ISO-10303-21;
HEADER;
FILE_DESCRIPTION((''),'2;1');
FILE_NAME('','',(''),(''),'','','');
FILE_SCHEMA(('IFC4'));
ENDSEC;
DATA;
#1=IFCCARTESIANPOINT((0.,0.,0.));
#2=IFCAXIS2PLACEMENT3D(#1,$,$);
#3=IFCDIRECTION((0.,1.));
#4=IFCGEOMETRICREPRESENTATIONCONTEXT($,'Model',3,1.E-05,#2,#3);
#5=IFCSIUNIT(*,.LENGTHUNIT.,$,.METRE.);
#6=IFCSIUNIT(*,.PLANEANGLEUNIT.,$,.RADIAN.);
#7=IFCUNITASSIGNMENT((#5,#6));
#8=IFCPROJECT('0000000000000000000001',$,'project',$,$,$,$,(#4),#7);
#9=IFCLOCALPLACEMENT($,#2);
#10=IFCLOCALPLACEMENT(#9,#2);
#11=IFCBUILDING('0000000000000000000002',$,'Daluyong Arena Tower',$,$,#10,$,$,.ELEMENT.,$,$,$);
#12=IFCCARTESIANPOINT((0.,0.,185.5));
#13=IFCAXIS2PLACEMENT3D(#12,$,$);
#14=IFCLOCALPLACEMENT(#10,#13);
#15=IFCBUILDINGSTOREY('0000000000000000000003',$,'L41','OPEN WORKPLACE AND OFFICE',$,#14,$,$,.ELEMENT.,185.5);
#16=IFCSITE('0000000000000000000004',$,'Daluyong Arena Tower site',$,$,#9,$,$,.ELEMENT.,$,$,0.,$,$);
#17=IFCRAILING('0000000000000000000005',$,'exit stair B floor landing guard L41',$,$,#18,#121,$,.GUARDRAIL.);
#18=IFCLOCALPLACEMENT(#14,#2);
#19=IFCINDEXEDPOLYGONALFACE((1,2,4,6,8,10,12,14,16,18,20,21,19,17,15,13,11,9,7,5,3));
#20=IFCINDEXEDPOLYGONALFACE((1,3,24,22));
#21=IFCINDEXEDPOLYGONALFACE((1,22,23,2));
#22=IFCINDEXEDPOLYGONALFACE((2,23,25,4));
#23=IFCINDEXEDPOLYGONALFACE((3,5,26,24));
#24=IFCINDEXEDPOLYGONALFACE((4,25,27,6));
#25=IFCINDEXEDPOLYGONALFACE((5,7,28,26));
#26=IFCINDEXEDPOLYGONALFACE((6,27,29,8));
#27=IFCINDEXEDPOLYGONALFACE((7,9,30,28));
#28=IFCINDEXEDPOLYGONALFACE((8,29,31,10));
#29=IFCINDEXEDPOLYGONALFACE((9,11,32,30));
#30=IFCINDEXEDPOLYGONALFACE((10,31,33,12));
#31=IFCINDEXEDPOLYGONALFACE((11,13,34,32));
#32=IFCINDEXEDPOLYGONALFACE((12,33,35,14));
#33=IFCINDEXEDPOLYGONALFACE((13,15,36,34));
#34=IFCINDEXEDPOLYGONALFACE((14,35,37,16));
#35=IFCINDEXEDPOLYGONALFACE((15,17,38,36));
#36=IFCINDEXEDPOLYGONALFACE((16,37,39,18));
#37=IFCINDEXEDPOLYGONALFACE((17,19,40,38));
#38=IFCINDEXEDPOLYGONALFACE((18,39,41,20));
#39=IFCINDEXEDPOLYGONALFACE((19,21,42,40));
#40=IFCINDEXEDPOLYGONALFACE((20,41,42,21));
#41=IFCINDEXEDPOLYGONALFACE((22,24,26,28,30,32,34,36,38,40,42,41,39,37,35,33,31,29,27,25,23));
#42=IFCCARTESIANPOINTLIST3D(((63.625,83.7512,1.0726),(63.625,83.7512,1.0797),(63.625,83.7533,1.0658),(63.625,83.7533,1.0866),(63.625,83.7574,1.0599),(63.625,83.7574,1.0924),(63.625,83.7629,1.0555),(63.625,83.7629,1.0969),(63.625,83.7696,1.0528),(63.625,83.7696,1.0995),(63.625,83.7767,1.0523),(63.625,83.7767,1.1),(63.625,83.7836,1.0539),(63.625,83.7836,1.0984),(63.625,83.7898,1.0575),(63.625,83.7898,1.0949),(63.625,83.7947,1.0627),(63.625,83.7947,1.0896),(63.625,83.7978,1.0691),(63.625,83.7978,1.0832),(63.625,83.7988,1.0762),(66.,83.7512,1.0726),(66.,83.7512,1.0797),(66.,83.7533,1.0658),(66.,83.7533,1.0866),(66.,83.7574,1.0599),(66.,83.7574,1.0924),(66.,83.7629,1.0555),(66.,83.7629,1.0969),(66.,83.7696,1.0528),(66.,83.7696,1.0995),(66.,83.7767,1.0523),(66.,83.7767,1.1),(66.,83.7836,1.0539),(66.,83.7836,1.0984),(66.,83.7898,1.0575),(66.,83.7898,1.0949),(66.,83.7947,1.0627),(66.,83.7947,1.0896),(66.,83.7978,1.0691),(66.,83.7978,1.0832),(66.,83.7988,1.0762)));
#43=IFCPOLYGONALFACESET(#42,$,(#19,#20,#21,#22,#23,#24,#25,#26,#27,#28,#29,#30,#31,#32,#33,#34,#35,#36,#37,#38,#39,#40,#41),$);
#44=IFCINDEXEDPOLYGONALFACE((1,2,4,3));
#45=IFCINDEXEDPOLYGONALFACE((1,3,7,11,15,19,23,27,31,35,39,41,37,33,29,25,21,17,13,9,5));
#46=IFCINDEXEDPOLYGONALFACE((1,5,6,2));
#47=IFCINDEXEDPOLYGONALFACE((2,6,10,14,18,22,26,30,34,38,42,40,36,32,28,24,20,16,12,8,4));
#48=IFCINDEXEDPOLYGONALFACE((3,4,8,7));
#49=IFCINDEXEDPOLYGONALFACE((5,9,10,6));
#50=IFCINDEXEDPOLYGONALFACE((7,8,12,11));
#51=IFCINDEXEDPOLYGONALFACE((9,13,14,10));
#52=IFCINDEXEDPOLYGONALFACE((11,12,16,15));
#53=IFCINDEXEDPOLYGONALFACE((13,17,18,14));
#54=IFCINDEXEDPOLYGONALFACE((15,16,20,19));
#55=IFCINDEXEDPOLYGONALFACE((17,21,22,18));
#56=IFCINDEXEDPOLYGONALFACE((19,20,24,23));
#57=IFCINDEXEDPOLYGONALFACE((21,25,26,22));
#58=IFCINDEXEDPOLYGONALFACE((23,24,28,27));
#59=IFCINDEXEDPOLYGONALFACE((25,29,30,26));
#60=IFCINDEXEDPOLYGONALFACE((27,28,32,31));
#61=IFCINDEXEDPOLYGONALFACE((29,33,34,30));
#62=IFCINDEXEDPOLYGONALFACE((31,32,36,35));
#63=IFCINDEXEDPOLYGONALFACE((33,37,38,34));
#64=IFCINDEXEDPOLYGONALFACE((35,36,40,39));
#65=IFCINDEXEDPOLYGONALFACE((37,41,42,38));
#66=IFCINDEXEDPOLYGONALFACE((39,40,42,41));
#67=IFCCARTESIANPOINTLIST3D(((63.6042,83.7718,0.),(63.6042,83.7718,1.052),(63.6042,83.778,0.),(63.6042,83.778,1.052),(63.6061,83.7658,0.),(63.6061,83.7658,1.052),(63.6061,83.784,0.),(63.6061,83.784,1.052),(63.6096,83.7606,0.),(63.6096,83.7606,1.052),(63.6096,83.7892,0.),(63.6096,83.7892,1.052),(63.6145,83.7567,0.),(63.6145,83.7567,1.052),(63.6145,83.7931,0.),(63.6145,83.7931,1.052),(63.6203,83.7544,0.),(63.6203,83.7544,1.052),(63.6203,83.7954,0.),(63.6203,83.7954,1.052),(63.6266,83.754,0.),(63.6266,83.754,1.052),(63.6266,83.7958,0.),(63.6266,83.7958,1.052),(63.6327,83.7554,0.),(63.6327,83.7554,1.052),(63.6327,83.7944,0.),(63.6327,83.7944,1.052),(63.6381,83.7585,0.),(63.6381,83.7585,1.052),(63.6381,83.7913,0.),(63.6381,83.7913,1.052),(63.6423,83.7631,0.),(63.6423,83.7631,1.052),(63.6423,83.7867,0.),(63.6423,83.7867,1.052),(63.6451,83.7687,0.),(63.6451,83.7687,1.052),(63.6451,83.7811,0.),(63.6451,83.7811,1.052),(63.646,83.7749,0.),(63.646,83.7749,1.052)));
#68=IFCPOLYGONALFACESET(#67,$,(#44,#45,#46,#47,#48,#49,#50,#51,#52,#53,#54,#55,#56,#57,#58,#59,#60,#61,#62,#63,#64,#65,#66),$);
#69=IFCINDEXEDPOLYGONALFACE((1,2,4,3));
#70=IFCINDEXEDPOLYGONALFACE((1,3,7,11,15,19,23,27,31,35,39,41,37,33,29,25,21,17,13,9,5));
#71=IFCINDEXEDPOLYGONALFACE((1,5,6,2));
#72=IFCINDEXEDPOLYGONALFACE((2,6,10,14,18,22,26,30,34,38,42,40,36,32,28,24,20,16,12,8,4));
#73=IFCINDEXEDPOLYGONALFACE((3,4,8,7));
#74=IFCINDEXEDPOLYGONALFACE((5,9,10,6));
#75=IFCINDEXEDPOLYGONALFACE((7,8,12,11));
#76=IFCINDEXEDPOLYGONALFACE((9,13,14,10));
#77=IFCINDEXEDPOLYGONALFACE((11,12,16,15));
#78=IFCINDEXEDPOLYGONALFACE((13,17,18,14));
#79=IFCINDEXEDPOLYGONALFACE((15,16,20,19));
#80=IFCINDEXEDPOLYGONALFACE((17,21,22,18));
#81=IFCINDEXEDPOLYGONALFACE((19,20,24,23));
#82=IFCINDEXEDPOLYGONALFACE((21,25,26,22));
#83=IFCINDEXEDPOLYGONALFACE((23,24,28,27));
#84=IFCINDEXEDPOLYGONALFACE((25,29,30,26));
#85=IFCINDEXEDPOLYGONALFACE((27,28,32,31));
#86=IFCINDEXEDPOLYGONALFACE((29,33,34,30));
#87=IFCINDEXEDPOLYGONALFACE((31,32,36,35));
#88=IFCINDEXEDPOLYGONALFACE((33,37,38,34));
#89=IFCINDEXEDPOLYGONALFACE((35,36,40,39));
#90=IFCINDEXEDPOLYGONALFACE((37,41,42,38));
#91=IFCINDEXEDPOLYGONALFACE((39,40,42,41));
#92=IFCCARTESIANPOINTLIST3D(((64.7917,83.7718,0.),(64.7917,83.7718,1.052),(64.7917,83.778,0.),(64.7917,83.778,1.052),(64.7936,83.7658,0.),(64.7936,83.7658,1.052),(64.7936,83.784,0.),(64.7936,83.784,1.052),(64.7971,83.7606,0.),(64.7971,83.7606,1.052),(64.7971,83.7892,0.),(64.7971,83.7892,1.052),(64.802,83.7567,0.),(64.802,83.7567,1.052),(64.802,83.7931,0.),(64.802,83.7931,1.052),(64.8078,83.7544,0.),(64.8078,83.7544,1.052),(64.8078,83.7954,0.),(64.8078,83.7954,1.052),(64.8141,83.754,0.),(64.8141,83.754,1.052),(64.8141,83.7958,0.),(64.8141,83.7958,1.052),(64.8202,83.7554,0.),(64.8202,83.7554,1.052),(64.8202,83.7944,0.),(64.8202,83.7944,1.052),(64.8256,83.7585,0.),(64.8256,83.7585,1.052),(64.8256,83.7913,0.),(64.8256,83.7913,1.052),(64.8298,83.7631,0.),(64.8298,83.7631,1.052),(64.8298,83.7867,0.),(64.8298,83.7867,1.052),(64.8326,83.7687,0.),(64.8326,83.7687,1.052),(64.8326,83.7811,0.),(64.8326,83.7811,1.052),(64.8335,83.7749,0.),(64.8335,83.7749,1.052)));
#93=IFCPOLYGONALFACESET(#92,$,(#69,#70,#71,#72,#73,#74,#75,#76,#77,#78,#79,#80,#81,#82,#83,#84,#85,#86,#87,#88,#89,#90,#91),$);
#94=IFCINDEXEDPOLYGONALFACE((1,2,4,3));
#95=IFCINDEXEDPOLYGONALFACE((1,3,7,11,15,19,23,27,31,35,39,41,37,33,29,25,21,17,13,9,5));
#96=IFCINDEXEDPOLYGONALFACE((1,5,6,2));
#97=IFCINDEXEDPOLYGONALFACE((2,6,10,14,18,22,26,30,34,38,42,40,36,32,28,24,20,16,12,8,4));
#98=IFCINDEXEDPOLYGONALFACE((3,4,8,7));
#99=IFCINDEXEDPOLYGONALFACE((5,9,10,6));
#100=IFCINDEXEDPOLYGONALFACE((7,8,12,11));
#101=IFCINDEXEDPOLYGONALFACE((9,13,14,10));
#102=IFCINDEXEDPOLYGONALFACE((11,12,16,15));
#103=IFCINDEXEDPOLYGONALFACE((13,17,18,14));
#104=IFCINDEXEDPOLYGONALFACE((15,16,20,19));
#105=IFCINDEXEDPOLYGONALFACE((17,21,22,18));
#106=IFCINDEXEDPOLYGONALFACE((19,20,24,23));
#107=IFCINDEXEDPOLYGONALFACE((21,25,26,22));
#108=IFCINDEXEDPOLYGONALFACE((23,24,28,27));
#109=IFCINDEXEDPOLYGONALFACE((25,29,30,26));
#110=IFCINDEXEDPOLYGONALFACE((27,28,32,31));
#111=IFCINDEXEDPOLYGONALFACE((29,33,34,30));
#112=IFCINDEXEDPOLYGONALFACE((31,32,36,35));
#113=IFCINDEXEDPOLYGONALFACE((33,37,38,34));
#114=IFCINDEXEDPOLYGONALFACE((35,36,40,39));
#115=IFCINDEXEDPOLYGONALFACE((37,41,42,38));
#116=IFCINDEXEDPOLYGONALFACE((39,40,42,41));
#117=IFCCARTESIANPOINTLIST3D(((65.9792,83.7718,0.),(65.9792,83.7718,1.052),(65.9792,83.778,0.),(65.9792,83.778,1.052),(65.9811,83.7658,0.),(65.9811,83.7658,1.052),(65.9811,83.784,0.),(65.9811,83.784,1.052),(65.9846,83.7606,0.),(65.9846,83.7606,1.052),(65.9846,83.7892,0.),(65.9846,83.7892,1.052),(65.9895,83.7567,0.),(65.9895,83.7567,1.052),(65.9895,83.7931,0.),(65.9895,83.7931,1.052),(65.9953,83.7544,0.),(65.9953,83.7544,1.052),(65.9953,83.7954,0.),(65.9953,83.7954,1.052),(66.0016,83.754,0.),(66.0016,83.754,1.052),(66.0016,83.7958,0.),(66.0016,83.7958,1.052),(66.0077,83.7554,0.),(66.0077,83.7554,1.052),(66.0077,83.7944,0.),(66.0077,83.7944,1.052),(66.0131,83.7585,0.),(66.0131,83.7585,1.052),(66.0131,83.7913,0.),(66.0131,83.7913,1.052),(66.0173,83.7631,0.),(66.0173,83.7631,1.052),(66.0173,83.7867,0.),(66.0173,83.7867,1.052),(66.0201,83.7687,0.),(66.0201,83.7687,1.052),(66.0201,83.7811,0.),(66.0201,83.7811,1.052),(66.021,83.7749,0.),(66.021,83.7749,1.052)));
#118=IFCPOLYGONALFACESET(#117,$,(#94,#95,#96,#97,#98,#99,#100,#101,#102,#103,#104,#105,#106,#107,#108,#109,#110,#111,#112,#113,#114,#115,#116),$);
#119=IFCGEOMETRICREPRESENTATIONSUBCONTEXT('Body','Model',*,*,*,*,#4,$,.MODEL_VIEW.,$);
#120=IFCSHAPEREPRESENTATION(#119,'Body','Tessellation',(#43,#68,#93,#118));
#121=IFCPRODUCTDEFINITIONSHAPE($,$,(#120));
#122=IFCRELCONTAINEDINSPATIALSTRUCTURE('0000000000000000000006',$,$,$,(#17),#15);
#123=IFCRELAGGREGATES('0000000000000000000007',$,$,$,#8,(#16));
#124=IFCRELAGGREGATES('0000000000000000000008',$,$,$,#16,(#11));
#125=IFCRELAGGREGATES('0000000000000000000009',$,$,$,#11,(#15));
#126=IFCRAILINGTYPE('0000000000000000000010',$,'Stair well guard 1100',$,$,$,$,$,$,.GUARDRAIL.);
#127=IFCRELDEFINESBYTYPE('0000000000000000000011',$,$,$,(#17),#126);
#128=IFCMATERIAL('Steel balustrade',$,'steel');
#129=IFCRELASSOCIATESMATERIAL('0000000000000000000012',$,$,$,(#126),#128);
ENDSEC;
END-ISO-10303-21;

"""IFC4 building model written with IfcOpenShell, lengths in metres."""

from ifc_helpers import new_model, si_unit, direction, frame, origin, origin_2d, place, context, subcontext, project, spatial, circle, extrude, material, type_object, element, save


model = new_model("IFC4")

# Units and contexts
model_context = context("Model", 3, precision=1e-05, world=origin(), true_north=direction((0.0, 1.0)))
body_context = subcontext(model_context, "Body", "Model", "MODEL_VIEW")
ifc_project = project(units=[si_unit("LENGTHUNIT", "METRE"), si_unit("PLANEANGLEUNIT", "RADIAN")], contexts=[model_context])

# Site, building, storey
site_placement = place(None, origin())
site = spatial("IfcSite", under=ifc_project, at=site_placement, Name="Daluyong Arena Tower site", CompositionType="ELEMENT", RefElevation=0.0)
building_placement = place(site_placement, origin())
building = spatial("IfcBuilding", under=site, at=building_placement, Name="Daluyong Arena Tower", CompositionType="ELEMENT")
storey_placement = place(building_placement, frame((0.0, 0.0, 185.5)))
storey = spatial("IfcBuildingStorey", under=building, at=storey_placement, Name="L41", Description="OPEN WORKPLACE AND OFFICE", CompositionType="ELEMENT", Elevation=185.5)

# Railing
ifc_material_1 = material(Name="Steel balustrade", Category="steel")
railing_type_1 = type_object("IfcRailingType", Name="Stair well guard 1100", PredefinedType="GUARDRAIL", material=ifc_material_1)
railing_1_placement = place(storey_placement, frame((63.625, 83.7749, 0.0)))
element("IfcRailing", 1, at=railing_1_placement, inside=storey, type_object=railing_type_1, Name="exit stair B floor landing guard L41", PredefinedType="GUARDRAIL", context=body_context, shape_type="SweptSolid", body=[
    extrude(circle(Radius=0.0239, at=origin_2d()), frame((0.0, 0.0, 1.0762), z_axis=(1.0, 0.0, 0.0), x_axis=(0.0, 1.0, 0.0)), (0.0, 0.0, 1.0), 2.375),
    extrude(circle(Radius=0.021, at=origin_2d()), origin(), (0.0, 0.0, 1.0), 1.052),
    extrude(circle(Radius=0.021, at=origin_2d()), frame((1.1875, 0.0, 0.0)), (0.0, 0.0, 1.0), 1.052),
    extrude(circle(Radius=0.021, at=origin_2d()), frame((2.375, 0.0, 0.0)), (0.0, 0.0, 1.0), 1.052),
])

save(model, "model.ifc")
